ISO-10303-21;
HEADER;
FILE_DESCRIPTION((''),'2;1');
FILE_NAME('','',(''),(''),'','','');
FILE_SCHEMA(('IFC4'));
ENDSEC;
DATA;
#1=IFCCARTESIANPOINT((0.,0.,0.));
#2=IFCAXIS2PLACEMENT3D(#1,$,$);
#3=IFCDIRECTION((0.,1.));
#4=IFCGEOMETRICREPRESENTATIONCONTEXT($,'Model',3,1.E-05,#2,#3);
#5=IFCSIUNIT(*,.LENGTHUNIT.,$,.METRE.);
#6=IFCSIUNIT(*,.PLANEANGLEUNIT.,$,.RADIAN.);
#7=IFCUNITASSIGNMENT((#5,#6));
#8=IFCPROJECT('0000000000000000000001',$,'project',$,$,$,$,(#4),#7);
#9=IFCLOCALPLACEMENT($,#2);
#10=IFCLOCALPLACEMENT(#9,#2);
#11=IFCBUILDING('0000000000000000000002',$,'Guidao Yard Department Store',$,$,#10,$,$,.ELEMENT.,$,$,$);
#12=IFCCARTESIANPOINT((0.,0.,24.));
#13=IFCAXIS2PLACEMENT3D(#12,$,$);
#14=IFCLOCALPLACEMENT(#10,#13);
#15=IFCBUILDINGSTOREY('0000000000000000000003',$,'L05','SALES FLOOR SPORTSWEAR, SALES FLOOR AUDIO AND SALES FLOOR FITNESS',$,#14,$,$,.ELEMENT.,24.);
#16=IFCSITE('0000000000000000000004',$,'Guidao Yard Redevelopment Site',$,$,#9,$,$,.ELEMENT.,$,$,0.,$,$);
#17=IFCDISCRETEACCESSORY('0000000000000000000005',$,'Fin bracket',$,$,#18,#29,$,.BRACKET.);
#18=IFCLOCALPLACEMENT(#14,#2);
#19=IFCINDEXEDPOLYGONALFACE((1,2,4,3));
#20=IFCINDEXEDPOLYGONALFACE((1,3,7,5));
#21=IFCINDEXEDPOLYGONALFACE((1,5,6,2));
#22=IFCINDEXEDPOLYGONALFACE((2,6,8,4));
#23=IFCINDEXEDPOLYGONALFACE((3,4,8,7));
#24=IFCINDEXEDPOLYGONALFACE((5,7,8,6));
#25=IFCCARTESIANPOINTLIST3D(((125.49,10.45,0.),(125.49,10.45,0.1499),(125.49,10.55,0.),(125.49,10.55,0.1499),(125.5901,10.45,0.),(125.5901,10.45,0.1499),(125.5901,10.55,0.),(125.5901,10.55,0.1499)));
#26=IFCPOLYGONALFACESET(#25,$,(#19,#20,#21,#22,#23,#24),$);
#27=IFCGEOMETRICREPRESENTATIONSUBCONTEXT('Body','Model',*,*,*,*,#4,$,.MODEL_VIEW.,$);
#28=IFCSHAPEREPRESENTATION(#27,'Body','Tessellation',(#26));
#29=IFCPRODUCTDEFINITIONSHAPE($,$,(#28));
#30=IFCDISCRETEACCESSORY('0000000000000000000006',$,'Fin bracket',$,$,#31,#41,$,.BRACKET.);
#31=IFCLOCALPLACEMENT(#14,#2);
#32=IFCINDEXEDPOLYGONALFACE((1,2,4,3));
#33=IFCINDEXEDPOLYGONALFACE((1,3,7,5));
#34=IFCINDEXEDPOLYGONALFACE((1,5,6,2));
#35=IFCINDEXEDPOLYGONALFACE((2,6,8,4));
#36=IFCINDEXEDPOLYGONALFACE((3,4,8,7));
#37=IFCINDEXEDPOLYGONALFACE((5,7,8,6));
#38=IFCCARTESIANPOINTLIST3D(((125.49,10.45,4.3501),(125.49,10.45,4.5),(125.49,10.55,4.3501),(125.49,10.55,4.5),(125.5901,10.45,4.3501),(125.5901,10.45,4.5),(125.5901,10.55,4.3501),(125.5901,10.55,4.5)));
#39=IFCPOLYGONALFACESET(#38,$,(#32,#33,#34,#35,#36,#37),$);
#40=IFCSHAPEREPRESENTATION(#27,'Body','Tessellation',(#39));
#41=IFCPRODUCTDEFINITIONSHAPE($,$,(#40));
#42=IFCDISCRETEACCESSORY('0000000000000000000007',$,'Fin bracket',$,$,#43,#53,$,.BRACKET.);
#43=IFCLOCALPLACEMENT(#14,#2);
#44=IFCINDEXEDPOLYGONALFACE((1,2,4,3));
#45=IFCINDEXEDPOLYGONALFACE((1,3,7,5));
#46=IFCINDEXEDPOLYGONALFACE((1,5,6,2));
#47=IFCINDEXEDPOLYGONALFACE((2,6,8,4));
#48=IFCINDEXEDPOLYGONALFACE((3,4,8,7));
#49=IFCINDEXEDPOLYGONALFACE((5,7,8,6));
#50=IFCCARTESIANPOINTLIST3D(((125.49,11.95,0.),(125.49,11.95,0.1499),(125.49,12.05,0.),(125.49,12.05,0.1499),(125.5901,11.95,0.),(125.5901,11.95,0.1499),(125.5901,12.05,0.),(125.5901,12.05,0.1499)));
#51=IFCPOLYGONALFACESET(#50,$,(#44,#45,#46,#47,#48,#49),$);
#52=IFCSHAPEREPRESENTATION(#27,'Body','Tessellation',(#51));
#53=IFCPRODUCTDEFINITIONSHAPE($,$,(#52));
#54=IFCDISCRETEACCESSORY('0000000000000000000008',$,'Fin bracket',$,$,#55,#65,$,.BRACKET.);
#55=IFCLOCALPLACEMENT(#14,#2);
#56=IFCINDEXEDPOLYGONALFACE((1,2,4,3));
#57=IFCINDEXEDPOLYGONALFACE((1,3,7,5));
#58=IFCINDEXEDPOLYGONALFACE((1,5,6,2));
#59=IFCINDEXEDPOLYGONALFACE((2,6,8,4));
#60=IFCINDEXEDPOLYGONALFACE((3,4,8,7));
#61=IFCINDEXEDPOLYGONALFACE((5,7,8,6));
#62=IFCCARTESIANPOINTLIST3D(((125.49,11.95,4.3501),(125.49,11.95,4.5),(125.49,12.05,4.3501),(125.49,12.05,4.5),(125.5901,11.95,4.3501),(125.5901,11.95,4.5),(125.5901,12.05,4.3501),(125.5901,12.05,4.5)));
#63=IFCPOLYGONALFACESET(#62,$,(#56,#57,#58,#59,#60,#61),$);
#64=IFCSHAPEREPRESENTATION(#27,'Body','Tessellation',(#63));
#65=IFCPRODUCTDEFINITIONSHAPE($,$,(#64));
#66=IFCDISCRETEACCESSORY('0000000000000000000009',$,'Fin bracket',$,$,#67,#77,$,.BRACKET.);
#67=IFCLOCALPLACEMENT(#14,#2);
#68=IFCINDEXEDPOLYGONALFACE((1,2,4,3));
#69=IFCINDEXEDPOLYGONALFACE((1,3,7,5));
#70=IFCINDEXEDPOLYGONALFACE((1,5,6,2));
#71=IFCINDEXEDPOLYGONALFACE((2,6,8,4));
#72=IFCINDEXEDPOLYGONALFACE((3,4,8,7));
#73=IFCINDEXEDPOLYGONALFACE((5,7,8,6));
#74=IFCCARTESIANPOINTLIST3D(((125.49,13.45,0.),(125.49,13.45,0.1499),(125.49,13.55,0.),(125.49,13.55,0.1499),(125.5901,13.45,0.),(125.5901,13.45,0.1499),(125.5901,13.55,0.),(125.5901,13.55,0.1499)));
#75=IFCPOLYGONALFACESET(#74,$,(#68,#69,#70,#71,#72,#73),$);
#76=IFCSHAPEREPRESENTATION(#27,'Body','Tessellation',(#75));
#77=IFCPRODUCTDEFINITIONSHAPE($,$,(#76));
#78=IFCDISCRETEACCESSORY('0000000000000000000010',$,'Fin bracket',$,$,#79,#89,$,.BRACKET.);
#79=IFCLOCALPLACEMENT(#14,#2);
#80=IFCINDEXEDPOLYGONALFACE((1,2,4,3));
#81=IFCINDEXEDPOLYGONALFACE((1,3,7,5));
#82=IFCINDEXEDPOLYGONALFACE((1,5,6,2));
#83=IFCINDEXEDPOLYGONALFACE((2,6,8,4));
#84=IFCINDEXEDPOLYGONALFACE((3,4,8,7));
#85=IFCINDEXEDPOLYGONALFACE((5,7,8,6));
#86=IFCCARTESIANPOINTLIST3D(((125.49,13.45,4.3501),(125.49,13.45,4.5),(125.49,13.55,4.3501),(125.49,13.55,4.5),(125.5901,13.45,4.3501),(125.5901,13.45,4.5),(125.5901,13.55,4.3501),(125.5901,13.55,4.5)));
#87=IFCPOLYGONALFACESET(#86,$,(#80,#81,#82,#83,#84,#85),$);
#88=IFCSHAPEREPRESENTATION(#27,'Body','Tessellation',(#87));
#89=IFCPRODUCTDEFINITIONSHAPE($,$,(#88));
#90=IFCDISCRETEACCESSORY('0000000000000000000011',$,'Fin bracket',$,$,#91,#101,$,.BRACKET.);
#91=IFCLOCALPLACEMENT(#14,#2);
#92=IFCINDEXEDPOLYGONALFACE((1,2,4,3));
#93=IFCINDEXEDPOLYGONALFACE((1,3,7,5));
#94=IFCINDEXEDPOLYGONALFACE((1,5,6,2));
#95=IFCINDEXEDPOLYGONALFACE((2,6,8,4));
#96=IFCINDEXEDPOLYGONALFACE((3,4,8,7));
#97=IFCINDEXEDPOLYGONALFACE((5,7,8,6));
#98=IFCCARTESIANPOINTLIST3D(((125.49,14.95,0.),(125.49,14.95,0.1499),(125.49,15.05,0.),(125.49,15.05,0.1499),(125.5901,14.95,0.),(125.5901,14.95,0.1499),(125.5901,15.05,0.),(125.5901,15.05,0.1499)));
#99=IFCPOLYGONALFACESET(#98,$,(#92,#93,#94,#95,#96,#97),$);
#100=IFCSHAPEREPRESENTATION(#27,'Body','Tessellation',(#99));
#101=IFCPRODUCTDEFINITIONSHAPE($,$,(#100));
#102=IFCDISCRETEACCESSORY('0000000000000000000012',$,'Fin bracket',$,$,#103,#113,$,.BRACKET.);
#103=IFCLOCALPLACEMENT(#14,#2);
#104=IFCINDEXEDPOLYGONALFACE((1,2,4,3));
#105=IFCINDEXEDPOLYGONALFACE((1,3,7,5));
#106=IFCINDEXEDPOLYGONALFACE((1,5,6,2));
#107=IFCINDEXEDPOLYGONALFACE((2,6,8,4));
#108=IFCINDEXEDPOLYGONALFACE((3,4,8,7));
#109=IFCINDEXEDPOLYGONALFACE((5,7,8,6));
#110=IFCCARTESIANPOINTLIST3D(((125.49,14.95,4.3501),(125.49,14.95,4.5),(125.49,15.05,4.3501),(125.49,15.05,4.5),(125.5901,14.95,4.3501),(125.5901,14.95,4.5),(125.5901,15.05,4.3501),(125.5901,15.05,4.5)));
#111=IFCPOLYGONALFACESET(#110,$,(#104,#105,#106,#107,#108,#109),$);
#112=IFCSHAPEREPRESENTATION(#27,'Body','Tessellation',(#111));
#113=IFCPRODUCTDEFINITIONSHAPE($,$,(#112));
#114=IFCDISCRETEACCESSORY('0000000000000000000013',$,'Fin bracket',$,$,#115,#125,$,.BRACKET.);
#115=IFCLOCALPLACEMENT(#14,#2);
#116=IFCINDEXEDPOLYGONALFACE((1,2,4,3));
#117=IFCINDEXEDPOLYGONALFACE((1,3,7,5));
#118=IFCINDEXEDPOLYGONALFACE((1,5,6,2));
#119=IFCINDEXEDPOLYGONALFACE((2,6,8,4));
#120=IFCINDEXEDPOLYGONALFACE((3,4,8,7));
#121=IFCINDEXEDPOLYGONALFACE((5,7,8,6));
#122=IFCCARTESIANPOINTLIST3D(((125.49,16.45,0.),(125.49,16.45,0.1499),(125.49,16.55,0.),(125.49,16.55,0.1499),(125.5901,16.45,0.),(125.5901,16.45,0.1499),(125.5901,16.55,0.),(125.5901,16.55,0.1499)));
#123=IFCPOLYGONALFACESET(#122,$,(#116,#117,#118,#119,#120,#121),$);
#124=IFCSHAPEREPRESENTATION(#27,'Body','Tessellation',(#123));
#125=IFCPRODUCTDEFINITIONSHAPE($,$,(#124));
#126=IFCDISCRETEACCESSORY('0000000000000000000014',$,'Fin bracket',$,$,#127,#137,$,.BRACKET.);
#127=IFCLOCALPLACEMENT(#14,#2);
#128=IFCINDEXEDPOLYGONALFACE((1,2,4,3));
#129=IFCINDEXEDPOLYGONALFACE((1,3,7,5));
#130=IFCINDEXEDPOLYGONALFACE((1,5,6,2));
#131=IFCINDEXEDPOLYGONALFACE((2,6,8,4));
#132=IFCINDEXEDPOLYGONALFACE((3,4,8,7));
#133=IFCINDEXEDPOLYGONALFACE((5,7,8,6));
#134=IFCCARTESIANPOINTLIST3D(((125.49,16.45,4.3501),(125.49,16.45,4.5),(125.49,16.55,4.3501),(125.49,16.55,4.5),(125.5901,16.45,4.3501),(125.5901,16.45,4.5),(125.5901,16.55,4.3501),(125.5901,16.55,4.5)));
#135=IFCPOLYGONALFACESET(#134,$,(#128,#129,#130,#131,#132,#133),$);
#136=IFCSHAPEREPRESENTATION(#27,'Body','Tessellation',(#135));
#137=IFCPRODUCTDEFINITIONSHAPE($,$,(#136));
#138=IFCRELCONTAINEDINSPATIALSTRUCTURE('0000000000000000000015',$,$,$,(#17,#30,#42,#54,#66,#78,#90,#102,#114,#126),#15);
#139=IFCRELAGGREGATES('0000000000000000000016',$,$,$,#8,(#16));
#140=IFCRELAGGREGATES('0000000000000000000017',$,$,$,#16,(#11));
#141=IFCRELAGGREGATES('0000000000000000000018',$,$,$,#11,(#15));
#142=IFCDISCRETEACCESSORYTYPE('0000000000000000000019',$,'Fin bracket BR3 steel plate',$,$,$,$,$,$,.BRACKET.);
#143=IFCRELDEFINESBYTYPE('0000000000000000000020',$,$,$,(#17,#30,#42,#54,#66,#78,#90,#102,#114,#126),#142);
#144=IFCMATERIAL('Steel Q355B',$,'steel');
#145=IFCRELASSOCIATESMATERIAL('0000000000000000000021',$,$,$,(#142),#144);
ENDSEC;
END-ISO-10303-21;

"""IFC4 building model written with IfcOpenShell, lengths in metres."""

from ifc_helpers import new_model, si_unit, direction, frame, origin, origin_2d, place, context, subcontext, project, spatial, rectangle, extrude, material, type_object, element, save


model = new_model("IFC4")

# Units and contexts
model_context = context("Model", 3, precision=1e-05, world=origin(), true_north=direction((0.0, 1.0)))
body_context = subcontext(model_context, "Body", "Model", "MODEL_VIEW")
ifc_project = project(units=[si_unit("LENGTHUNIT", "METRE"), si_unit("PLANEANGLEUNIT", "RADIAN")], contexts=[model_context])

# Site, building, storey
site_placement = place(None, origin())
site = spatial("IfcSite", under=ifc_project, at=site_placement, Name="Guidao Yard Redevelopment Site", CompositionType="ELEMENT", RefElevation=0.0)
building_placement = place(site_placement, origin())
building = spatial("IfcBuilding", under=site, at=building_placement, Name="Guidao Yard Department Store", CompositionType="ELEMENT")
storey_placement = place(building_placement, frame((0.0, 0.0, 24.0)))
storey = spatial("IfcBuildingStorey", under=building, at=storey_placement, Name="L05", Description="SALES FLOOR SPORTSWEAR, SALES FLOOR AUDIO AND SALES FLOOR FITNESS", CompositionType="ELEMENT", Elevation=24.0)

# Discrete accessories
ifc_material_1 = material(Name="Steel Q355B", Category="steel")
discrete_accessory_type = type_object("IfcDiscreteAccessoryType", Name="Fin bracket BR3 steel plate", PredefinedType="BRACKET", material=ifc_material_1)
for number, where, z_axis, x_axis, name in (
    (1, (125.54, 10.5, 0.0), (0.0, 0.0, 1.0), (0.0, 1.0, 0.0), "Fin bracket"),
    (2, (125.54, 10.5, 4.3501), (0.0, 0.0, 1.0), (0.0, 1.0, 0.0), "Fin bracket"),
    (3, (125.54, 12.0, 0.0), (0.0, 0.0, 1.0), (0.0, 1.0, 0.0), "Fin bracket"),
    (4, (125.54, 12.0, 4.3501), (0.0, 0.0, 1.0), (0.0, 1.0, 0.0), "Fin bracket"),
    (5, (125.54, 13.5, 0.0), (0.0, 0.0, 1.0), (0.0, 1.0, 0.0), "Fin bracket"),
    (6, (125.54, 13.5, 4.3501), (0.0, 0.0, 1.0), (0.0, 1.0, 0.0), "Fin bracket"),
    (7, (125.54, 15.0, 0.0), (0.0, 0.0, 1.0), (0.0, 1.0, 0.0), "Fin bracket"),
    (8, (125.54, 15.0, 4.3501), (0.0, 0.0, 1.0), (0.0, 1.0, 0.0), "Fin bracket"),
    (9, (125.54, 16.5, 0.0), (0.0, 0.0, 1.0), (0.0, 1.0, 0.0), "Fin bracket"),
    (10, (125.54, 16.5, 4.3501), (0.0, 0.0, 1.0), (0.0, 1.0, 0.0), "Fin bracket"),
):
    element("IfcDiscreteAccessory", number, at=place(storey_placement, frame(where, z_axis=z_axis, x_axis=x_axis)), inside=storey, type_object=discrete_accessory_type, Name=name, PredefinedType="BRACKET", context=body_context, shape_type="SweptSolid", body=[
        extrude(rectangle(XDim=0.1001, YDim=0.1001, at=origin_2d()), origin(), (0.0, 0.0, 1.0), 0.1499),
    ])

save(model, "model.ifc")
